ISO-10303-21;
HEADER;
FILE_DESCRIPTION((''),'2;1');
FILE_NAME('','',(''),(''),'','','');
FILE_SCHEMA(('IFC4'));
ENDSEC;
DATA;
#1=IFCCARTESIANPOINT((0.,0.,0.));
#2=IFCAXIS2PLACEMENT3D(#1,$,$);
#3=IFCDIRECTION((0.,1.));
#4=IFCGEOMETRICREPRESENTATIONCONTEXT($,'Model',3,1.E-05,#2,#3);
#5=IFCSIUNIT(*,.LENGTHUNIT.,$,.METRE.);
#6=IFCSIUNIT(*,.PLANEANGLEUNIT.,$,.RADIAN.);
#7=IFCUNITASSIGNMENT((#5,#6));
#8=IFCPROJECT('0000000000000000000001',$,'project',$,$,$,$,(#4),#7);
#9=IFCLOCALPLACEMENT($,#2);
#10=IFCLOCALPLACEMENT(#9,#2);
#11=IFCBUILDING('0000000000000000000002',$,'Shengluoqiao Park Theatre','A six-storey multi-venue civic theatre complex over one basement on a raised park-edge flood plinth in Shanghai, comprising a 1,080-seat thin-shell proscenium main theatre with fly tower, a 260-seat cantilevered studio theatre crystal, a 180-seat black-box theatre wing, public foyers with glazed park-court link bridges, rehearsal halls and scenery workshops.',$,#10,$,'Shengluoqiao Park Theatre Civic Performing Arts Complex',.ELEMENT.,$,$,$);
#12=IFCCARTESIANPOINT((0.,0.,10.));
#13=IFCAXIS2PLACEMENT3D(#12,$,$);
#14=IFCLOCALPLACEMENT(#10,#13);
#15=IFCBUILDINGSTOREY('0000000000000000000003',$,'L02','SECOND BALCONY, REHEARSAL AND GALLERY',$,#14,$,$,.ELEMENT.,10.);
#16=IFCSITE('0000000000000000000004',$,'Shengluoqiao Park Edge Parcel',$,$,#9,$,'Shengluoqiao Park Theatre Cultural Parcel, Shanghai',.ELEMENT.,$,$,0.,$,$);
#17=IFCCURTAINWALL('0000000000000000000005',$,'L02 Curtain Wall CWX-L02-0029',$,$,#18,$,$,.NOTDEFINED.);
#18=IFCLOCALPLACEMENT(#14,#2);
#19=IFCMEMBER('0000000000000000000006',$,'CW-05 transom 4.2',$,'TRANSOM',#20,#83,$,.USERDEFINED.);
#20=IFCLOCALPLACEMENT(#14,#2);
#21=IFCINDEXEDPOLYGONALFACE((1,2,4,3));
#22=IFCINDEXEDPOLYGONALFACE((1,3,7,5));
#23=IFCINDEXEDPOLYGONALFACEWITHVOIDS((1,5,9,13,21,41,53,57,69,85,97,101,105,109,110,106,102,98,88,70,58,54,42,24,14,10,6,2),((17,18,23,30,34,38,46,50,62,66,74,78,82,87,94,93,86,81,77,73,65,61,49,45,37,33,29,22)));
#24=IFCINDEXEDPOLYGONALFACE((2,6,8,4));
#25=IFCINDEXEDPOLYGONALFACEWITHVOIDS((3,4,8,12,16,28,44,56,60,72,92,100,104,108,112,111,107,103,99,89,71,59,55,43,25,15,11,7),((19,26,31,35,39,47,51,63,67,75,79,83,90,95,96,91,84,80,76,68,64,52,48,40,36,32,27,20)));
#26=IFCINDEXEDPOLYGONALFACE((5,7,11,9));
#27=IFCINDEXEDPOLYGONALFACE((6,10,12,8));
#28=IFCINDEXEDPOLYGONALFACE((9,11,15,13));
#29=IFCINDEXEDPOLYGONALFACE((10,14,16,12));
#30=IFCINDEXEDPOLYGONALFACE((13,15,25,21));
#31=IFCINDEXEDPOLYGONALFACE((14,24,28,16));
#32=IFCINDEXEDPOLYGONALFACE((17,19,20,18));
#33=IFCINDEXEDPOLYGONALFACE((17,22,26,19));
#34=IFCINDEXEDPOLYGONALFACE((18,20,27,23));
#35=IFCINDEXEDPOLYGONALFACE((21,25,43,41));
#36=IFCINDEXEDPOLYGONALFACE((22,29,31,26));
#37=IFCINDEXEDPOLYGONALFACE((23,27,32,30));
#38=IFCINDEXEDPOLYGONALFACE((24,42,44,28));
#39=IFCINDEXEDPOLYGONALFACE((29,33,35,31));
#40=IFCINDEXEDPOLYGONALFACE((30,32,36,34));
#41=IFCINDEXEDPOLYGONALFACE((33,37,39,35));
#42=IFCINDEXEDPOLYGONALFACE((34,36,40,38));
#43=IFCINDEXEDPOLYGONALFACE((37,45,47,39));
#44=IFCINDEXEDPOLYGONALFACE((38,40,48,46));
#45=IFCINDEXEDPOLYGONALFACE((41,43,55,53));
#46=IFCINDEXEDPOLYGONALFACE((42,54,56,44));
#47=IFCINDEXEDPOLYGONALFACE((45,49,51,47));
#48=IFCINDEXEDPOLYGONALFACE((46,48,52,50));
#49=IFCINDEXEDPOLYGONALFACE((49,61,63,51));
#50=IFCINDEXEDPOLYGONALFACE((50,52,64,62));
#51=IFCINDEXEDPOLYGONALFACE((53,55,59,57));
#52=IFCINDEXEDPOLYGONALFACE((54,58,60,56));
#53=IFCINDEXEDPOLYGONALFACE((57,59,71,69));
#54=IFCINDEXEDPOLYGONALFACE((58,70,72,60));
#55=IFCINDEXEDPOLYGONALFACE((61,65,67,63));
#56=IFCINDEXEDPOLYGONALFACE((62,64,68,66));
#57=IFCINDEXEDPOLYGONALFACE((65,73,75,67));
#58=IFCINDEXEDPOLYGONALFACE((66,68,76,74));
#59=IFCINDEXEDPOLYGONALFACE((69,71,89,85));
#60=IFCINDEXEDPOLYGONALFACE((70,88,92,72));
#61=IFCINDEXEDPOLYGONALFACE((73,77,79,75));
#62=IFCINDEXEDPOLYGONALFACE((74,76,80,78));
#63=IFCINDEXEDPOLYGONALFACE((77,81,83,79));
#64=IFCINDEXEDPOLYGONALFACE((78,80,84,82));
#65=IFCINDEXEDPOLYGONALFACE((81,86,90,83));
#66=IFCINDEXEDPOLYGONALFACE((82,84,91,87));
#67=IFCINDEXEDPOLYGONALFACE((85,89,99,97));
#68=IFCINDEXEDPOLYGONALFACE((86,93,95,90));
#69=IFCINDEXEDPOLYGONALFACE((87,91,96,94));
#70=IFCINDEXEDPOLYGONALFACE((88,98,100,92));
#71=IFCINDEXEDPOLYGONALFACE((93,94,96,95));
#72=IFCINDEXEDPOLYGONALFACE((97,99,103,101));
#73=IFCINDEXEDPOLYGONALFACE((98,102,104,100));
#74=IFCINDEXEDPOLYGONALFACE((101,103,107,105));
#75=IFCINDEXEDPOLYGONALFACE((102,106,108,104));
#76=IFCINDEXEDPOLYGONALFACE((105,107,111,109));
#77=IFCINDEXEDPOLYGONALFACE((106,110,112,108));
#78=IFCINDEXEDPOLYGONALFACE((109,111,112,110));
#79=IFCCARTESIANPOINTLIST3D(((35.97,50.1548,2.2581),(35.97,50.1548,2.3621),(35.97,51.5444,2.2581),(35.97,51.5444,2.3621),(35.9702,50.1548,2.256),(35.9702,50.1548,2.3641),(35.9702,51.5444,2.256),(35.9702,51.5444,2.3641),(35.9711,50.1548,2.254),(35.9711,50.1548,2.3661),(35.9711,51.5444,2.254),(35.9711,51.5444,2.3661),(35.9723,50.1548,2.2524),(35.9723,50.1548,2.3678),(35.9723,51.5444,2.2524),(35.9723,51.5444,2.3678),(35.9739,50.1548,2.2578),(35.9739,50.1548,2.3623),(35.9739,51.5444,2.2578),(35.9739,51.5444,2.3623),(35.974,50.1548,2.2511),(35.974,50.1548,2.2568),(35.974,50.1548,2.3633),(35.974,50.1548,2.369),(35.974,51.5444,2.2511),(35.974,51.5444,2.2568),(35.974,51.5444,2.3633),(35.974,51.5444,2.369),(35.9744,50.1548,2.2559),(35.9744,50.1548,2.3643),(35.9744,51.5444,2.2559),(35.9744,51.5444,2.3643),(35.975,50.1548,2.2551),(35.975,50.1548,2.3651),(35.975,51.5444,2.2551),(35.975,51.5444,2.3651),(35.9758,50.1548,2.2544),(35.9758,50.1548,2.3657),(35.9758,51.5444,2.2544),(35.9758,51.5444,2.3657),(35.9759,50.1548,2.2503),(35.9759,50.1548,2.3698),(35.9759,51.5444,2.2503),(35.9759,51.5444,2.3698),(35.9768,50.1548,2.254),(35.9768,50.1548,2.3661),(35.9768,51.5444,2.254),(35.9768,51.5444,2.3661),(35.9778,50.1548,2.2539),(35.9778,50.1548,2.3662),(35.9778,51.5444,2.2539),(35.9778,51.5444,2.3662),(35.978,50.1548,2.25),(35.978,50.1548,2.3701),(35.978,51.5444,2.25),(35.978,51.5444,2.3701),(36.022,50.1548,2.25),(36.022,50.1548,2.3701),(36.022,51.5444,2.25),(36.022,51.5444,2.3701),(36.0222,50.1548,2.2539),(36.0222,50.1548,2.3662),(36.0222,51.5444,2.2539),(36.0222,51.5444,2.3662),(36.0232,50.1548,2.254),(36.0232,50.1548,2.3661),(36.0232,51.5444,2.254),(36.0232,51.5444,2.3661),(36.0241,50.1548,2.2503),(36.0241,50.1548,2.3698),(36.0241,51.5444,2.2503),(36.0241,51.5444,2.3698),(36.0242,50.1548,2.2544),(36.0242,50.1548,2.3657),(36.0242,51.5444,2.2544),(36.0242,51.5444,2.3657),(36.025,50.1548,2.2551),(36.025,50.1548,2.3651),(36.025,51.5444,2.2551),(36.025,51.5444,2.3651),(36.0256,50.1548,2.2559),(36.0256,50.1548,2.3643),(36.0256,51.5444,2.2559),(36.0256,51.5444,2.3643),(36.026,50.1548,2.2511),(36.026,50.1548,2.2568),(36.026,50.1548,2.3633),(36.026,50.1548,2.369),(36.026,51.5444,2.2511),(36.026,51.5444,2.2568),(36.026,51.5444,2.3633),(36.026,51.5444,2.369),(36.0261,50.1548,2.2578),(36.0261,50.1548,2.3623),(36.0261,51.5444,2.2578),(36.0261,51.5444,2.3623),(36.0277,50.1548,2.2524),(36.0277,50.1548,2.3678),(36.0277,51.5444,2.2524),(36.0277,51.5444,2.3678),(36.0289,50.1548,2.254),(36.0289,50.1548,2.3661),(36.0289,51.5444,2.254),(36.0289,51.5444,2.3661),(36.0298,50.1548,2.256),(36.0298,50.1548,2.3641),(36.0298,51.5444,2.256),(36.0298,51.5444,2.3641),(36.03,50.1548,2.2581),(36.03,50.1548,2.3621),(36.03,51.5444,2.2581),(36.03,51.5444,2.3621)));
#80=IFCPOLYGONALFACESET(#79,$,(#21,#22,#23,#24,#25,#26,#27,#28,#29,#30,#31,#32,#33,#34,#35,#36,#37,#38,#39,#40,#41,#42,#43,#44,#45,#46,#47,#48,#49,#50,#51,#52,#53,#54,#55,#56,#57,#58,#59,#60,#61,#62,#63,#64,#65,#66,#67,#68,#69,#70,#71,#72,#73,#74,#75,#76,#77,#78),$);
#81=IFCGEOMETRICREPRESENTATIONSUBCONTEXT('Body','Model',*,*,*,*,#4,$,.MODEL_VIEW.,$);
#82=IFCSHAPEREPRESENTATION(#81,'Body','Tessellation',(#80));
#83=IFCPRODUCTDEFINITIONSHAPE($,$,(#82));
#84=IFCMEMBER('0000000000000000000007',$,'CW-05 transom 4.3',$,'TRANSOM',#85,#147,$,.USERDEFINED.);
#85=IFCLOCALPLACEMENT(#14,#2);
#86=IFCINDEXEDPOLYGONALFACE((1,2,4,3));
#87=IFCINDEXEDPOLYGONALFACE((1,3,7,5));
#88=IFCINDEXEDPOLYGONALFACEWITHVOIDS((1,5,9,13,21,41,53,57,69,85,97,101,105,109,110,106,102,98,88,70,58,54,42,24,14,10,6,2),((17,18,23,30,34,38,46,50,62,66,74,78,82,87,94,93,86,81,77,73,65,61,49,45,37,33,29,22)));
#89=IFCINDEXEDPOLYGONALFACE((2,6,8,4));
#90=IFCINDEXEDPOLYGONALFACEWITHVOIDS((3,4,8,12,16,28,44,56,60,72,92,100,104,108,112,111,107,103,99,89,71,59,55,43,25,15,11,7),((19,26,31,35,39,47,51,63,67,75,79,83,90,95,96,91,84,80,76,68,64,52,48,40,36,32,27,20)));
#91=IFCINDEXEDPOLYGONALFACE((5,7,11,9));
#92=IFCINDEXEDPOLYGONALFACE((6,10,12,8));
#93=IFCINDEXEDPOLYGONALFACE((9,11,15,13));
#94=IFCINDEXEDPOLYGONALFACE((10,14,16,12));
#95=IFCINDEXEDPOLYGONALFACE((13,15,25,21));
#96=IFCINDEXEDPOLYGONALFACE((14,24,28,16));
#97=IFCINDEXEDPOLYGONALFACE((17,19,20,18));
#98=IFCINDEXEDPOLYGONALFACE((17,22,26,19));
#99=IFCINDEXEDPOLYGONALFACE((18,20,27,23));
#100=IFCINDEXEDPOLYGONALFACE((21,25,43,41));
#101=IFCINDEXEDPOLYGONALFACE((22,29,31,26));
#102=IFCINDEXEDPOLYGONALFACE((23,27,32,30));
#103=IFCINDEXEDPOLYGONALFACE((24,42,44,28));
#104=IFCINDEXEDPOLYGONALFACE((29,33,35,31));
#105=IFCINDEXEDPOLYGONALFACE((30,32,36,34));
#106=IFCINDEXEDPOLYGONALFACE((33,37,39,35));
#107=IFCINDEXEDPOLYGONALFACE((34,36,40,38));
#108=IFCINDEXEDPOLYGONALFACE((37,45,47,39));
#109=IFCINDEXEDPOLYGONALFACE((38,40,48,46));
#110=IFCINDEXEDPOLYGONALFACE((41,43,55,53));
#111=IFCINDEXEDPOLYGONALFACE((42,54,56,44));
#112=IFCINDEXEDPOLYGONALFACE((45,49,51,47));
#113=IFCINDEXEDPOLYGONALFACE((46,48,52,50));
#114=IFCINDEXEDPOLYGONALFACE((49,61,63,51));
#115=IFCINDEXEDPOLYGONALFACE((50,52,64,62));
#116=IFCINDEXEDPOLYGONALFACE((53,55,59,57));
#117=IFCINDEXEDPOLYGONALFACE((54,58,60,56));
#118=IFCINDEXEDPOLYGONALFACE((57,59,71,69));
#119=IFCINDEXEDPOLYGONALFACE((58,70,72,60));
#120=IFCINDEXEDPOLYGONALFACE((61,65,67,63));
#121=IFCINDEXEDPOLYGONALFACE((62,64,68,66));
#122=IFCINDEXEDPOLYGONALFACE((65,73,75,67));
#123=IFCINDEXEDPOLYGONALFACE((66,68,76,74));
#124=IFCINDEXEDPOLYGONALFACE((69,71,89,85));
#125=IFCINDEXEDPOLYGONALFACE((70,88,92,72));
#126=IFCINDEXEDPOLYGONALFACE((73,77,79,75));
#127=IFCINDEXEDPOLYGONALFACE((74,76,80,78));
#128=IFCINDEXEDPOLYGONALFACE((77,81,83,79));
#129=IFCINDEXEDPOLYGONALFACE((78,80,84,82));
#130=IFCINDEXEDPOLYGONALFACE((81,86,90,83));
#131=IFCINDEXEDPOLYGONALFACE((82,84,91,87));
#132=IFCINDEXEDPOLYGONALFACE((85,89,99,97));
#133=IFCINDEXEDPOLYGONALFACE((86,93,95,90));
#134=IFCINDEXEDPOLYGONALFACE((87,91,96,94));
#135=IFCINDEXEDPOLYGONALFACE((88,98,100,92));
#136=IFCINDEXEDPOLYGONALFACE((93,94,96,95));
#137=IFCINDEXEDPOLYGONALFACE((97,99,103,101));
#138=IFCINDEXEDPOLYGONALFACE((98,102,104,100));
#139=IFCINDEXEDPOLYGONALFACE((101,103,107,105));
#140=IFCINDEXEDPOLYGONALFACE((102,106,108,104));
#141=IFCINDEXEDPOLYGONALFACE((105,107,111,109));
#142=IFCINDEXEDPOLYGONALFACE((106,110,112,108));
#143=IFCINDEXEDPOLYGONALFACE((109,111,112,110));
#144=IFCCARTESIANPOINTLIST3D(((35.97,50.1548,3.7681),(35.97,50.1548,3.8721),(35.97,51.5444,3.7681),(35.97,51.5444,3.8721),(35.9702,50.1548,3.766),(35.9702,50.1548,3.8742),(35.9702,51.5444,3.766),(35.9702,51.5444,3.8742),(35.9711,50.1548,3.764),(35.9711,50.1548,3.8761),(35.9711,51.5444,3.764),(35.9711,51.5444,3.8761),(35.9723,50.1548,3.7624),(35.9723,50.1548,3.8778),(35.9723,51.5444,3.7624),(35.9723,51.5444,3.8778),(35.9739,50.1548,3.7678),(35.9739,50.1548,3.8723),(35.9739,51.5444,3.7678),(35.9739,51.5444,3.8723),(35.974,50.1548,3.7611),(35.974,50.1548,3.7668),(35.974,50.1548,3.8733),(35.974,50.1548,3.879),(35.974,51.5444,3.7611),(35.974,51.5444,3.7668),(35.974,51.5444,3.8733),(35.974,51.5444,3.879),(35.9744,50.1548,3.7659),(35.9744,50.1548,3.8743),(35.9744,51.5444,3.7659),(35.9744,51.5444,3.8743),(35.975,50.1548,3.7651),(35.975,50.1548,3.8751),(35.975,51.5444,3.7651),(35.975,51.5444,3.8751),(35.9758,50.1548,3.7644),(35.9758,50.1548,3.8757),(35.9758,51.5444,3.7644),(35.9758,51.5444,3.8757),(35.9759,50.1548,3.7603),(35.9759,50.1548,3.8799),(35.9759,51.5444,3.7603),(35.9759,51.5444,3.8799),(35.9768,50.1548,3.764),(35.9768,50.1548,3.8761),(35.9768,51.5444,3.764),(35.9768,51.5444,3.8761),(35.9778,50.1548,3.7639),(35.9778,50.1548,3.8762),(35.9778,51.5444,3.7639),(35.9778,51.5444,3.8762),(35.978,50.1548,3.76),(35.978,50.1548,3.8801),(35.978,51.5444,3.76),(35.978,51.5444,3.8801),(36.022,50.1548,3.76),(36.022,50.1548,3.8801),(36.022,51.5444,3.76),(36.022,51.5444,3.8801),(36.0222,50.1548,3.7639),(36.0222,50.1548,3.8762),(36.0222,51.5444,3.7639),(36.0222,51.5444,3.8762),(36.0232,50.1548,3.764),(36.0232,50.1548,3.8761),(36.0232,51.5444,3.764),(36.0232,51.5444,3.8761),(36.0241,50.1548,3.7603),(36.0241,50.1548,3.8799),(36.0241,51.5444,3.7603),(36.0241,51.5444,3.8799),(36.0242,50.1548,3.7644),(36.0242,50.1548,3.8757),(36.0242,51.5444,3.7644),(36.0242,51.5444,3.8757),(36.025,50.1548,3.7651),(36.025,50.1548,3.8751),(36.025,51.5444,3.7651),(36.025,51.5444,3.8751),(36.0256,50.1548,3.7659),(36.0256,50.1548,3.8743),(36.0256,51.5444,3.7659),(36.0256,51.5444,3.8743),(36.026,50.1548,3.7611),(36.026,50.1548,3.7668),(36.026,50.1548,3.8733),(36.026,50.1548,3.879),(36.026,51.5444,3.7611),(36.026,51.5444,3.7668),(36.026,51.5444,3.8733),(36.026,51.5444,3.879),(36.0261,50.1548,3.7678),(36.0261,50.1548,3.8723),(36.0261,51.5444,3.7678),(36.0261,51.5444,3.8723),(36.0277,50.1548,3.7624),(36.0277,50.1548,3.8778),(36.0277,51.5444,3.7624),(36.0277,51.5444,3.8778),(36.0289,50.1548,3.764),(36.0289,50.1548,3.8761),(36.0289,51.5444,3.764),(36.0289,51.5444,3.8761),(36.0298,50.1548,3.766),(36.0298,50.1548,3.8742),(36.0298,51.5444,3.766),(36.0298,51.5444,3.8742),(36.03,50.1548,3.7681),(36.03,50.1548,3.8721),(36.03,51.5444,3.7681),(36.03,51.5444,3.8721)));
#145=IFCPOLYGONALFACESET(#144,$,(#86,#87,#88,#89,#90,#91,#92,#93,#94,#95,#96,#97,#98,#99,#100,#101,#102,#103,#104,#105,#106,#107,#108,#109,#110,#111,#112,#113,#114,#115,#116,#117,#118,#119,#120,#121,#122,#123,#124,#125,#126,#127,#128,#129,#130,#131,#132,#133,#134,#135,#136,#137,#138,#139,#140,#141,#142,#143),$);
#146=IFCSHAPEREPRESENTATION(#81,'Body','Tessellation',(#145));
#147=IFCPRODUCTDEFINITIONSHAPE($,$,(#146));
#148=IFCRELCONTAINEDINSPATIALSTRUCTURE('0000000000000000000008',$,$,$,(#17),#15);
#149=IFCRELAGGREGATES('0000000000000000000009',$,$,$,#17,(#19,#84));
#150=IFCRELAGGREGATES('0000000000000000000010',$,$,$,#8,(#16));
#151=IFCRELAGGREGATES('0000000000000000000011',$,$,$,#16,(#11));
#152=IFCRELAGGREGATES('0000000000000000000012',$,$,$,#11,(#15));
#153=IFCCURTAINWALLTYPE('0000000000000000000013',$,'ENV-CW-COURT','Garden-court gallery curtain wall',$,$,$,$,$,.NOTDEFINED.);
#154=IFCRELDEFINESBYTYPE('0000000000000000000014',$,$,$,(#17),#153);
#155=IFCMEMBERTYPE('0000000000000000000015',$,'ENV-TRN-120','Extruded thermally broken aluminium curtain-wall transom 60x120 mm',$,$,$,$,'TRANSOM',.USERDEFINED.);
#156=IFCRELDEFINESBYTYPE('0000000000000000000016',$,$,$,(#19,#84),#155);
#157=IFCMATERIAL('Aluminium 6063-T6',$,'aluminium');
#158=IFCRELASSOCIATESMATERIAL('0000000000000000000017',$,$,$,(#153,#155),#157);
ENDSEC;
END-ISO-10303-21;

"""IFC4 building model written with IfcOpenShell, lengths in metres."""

from ifc_helpers import new_model, si_unit, direction, frame, origin, origin_2d, place, context, subcontext, project, spatial, hollow_rectangle, extrude, material, material_profile, profile_set, type_object, element, aggregate, save


model = new_model("IFC4")

# Units and contexts
model_context = context("Model", 3, precision=1e-05, world=origin(), true_north=direction((0.0, 1.0)))
body_context = subcontext(model_context, "Body", "Model", "MODEL_VIEW")
ifc_project = project(units=[si_unit("LENGTHUNIT", "METRE"), si_unit("PLANEANGLEUNIT", "RADIAN")], contexts=[model_context])

# Site, building, storey
site_placement = place(None, origin())
site = spatial("IfcSite", under=ifc_project, at=site_placement, Name="Shengluoqiao Park Edge Parcel", LongName="Shengluoqiao Park Theatre Cultural Parcel, Shanghai", CompositionType="ELEMENT", RefElevation=0.0)
building_placement = place(site_placement, origin())
building = spatial("IfcBuilding", under=site, at=building_placement, Name="Shengluoqiao Park Theatre", Description="A six-storey multi-venue civic theatre complex over one basement on a raised park-edge flood plinth in Shanghai, comprising a 1,080-seat thin-shell proscenium main theatre with fly tower, a 260-seat cantilevered studio theatre crystal, a 180-seat black-box theatre wing, public foyers with glazed park-court link bridges, rehearsal halls and scenery workshops.", LongName="Shengluoqiao Park Theatre Civic Performing Arts Complex", CompositionType="ELEMENT")
storey_placement = place(building_placement, frame((0.0, 0.0, 10.0)))
storey = spatial("IfcBuildingStorey", under=building, at=storey_placement, Name="L02", Description="SECOND BALCONY, REHEARSAL AND GALLERY", CompositionType="ELEMENT", Elevation=10.0)

# Curtain wall, members
ifc_material_1 = material(Name="Aluminium 6063-T6", Category="aluminium")
curtain_wall_type = type_object("IfcCurtainWallType", Name="ENV-CW-COURT", Description="Garden-court gallery curtain wall", PredefinedType="NOTDEFINED", material=ifc_material_1)
curtain_wall_placement = place(storey_placement, origin())
curtain_wall = element("IfcCurtainWall", 1, at=curtain_wall_placement, inside=storey, type_object=curtain_wall_type, Name="L02 Curtain Wall CWX-L02-0029", PredefinedType="NOTDEFINED")
ifc_material_profile_1 = material_profile(ifc_material_1, hollow_rectangle(XDim=0.0601, YDim=0.1201, WallThickness=0.0039, InnerFilletRadius=0.0039, OuterFilletRadius=0.0081, at=origin_2d()), Name="ALU TRANSOM 120x60x4")
ifc_profile_set_1 = profile_set([ifc_material_profile_1], Name="Aluminium 6063-T6")
member_type_1 = type_object("IfcMemberType", Name="ENV-TRN-120", Description="Extruded thermally broken aluminium curtain-wall transom 60x120 mm", ElementType="TRANSOM", PredefinedType="USERDEFINED", material=ifc_profile_set_1)
member_1_placement = place(storey_placement, frame((36.0, 50.1548, 2.3101), z_axis=(0.0, 1.0, 0.0), x_axis=(-1.0, 0.0, 0.0)))
member_1 = element("IfcMember", 2, at=member_1_placement, type_object=member_type_1, Name="CW-05 transom 4.2", ObjectType="TRANSOM", PredefinedType="USERDEFINED", context=body_context, shape_type="SweptSolid", body=[
    extrude(hollow_rectangle(XDim=0.0601, YDim=0.1201, WallThickness=0.0039, InnerFilletRadius=0.0039, OuterFilletRadius=0.0081, at=origin_2d()), origin(), (0.0, 0.0, 1.0), 1.3896),
])
member_2_placement = place(storey_placement, frame((36.0, 50.1548, 3.8201), z_axis=(0.0, 1.0, 0.0), x_axis=(-1.0, 0.0, 0.0)))
member_2 = element("IfcMember", 3, at=member_2_placement, type_object=member_type_1, Name="CW-05 transom 4.3", ObjectType="TRANSOM", PredefinedType="USERDEFINED", context=body_context, shape_type="SweptSolid", body=[
    extrude(hollow_rectangle(XDim=0.0601, YDim=0.1201, WallThickness=0.0039, InnerFilletRadius=0.0039, OuterFilletRadius=0.0081, at=origin_2d()), origin(), (0.0, 0.0, 1.0), 1.3896),
])
aggregate(curtain_wall, [member_1, member_2])

save(model, "model.ifc")
